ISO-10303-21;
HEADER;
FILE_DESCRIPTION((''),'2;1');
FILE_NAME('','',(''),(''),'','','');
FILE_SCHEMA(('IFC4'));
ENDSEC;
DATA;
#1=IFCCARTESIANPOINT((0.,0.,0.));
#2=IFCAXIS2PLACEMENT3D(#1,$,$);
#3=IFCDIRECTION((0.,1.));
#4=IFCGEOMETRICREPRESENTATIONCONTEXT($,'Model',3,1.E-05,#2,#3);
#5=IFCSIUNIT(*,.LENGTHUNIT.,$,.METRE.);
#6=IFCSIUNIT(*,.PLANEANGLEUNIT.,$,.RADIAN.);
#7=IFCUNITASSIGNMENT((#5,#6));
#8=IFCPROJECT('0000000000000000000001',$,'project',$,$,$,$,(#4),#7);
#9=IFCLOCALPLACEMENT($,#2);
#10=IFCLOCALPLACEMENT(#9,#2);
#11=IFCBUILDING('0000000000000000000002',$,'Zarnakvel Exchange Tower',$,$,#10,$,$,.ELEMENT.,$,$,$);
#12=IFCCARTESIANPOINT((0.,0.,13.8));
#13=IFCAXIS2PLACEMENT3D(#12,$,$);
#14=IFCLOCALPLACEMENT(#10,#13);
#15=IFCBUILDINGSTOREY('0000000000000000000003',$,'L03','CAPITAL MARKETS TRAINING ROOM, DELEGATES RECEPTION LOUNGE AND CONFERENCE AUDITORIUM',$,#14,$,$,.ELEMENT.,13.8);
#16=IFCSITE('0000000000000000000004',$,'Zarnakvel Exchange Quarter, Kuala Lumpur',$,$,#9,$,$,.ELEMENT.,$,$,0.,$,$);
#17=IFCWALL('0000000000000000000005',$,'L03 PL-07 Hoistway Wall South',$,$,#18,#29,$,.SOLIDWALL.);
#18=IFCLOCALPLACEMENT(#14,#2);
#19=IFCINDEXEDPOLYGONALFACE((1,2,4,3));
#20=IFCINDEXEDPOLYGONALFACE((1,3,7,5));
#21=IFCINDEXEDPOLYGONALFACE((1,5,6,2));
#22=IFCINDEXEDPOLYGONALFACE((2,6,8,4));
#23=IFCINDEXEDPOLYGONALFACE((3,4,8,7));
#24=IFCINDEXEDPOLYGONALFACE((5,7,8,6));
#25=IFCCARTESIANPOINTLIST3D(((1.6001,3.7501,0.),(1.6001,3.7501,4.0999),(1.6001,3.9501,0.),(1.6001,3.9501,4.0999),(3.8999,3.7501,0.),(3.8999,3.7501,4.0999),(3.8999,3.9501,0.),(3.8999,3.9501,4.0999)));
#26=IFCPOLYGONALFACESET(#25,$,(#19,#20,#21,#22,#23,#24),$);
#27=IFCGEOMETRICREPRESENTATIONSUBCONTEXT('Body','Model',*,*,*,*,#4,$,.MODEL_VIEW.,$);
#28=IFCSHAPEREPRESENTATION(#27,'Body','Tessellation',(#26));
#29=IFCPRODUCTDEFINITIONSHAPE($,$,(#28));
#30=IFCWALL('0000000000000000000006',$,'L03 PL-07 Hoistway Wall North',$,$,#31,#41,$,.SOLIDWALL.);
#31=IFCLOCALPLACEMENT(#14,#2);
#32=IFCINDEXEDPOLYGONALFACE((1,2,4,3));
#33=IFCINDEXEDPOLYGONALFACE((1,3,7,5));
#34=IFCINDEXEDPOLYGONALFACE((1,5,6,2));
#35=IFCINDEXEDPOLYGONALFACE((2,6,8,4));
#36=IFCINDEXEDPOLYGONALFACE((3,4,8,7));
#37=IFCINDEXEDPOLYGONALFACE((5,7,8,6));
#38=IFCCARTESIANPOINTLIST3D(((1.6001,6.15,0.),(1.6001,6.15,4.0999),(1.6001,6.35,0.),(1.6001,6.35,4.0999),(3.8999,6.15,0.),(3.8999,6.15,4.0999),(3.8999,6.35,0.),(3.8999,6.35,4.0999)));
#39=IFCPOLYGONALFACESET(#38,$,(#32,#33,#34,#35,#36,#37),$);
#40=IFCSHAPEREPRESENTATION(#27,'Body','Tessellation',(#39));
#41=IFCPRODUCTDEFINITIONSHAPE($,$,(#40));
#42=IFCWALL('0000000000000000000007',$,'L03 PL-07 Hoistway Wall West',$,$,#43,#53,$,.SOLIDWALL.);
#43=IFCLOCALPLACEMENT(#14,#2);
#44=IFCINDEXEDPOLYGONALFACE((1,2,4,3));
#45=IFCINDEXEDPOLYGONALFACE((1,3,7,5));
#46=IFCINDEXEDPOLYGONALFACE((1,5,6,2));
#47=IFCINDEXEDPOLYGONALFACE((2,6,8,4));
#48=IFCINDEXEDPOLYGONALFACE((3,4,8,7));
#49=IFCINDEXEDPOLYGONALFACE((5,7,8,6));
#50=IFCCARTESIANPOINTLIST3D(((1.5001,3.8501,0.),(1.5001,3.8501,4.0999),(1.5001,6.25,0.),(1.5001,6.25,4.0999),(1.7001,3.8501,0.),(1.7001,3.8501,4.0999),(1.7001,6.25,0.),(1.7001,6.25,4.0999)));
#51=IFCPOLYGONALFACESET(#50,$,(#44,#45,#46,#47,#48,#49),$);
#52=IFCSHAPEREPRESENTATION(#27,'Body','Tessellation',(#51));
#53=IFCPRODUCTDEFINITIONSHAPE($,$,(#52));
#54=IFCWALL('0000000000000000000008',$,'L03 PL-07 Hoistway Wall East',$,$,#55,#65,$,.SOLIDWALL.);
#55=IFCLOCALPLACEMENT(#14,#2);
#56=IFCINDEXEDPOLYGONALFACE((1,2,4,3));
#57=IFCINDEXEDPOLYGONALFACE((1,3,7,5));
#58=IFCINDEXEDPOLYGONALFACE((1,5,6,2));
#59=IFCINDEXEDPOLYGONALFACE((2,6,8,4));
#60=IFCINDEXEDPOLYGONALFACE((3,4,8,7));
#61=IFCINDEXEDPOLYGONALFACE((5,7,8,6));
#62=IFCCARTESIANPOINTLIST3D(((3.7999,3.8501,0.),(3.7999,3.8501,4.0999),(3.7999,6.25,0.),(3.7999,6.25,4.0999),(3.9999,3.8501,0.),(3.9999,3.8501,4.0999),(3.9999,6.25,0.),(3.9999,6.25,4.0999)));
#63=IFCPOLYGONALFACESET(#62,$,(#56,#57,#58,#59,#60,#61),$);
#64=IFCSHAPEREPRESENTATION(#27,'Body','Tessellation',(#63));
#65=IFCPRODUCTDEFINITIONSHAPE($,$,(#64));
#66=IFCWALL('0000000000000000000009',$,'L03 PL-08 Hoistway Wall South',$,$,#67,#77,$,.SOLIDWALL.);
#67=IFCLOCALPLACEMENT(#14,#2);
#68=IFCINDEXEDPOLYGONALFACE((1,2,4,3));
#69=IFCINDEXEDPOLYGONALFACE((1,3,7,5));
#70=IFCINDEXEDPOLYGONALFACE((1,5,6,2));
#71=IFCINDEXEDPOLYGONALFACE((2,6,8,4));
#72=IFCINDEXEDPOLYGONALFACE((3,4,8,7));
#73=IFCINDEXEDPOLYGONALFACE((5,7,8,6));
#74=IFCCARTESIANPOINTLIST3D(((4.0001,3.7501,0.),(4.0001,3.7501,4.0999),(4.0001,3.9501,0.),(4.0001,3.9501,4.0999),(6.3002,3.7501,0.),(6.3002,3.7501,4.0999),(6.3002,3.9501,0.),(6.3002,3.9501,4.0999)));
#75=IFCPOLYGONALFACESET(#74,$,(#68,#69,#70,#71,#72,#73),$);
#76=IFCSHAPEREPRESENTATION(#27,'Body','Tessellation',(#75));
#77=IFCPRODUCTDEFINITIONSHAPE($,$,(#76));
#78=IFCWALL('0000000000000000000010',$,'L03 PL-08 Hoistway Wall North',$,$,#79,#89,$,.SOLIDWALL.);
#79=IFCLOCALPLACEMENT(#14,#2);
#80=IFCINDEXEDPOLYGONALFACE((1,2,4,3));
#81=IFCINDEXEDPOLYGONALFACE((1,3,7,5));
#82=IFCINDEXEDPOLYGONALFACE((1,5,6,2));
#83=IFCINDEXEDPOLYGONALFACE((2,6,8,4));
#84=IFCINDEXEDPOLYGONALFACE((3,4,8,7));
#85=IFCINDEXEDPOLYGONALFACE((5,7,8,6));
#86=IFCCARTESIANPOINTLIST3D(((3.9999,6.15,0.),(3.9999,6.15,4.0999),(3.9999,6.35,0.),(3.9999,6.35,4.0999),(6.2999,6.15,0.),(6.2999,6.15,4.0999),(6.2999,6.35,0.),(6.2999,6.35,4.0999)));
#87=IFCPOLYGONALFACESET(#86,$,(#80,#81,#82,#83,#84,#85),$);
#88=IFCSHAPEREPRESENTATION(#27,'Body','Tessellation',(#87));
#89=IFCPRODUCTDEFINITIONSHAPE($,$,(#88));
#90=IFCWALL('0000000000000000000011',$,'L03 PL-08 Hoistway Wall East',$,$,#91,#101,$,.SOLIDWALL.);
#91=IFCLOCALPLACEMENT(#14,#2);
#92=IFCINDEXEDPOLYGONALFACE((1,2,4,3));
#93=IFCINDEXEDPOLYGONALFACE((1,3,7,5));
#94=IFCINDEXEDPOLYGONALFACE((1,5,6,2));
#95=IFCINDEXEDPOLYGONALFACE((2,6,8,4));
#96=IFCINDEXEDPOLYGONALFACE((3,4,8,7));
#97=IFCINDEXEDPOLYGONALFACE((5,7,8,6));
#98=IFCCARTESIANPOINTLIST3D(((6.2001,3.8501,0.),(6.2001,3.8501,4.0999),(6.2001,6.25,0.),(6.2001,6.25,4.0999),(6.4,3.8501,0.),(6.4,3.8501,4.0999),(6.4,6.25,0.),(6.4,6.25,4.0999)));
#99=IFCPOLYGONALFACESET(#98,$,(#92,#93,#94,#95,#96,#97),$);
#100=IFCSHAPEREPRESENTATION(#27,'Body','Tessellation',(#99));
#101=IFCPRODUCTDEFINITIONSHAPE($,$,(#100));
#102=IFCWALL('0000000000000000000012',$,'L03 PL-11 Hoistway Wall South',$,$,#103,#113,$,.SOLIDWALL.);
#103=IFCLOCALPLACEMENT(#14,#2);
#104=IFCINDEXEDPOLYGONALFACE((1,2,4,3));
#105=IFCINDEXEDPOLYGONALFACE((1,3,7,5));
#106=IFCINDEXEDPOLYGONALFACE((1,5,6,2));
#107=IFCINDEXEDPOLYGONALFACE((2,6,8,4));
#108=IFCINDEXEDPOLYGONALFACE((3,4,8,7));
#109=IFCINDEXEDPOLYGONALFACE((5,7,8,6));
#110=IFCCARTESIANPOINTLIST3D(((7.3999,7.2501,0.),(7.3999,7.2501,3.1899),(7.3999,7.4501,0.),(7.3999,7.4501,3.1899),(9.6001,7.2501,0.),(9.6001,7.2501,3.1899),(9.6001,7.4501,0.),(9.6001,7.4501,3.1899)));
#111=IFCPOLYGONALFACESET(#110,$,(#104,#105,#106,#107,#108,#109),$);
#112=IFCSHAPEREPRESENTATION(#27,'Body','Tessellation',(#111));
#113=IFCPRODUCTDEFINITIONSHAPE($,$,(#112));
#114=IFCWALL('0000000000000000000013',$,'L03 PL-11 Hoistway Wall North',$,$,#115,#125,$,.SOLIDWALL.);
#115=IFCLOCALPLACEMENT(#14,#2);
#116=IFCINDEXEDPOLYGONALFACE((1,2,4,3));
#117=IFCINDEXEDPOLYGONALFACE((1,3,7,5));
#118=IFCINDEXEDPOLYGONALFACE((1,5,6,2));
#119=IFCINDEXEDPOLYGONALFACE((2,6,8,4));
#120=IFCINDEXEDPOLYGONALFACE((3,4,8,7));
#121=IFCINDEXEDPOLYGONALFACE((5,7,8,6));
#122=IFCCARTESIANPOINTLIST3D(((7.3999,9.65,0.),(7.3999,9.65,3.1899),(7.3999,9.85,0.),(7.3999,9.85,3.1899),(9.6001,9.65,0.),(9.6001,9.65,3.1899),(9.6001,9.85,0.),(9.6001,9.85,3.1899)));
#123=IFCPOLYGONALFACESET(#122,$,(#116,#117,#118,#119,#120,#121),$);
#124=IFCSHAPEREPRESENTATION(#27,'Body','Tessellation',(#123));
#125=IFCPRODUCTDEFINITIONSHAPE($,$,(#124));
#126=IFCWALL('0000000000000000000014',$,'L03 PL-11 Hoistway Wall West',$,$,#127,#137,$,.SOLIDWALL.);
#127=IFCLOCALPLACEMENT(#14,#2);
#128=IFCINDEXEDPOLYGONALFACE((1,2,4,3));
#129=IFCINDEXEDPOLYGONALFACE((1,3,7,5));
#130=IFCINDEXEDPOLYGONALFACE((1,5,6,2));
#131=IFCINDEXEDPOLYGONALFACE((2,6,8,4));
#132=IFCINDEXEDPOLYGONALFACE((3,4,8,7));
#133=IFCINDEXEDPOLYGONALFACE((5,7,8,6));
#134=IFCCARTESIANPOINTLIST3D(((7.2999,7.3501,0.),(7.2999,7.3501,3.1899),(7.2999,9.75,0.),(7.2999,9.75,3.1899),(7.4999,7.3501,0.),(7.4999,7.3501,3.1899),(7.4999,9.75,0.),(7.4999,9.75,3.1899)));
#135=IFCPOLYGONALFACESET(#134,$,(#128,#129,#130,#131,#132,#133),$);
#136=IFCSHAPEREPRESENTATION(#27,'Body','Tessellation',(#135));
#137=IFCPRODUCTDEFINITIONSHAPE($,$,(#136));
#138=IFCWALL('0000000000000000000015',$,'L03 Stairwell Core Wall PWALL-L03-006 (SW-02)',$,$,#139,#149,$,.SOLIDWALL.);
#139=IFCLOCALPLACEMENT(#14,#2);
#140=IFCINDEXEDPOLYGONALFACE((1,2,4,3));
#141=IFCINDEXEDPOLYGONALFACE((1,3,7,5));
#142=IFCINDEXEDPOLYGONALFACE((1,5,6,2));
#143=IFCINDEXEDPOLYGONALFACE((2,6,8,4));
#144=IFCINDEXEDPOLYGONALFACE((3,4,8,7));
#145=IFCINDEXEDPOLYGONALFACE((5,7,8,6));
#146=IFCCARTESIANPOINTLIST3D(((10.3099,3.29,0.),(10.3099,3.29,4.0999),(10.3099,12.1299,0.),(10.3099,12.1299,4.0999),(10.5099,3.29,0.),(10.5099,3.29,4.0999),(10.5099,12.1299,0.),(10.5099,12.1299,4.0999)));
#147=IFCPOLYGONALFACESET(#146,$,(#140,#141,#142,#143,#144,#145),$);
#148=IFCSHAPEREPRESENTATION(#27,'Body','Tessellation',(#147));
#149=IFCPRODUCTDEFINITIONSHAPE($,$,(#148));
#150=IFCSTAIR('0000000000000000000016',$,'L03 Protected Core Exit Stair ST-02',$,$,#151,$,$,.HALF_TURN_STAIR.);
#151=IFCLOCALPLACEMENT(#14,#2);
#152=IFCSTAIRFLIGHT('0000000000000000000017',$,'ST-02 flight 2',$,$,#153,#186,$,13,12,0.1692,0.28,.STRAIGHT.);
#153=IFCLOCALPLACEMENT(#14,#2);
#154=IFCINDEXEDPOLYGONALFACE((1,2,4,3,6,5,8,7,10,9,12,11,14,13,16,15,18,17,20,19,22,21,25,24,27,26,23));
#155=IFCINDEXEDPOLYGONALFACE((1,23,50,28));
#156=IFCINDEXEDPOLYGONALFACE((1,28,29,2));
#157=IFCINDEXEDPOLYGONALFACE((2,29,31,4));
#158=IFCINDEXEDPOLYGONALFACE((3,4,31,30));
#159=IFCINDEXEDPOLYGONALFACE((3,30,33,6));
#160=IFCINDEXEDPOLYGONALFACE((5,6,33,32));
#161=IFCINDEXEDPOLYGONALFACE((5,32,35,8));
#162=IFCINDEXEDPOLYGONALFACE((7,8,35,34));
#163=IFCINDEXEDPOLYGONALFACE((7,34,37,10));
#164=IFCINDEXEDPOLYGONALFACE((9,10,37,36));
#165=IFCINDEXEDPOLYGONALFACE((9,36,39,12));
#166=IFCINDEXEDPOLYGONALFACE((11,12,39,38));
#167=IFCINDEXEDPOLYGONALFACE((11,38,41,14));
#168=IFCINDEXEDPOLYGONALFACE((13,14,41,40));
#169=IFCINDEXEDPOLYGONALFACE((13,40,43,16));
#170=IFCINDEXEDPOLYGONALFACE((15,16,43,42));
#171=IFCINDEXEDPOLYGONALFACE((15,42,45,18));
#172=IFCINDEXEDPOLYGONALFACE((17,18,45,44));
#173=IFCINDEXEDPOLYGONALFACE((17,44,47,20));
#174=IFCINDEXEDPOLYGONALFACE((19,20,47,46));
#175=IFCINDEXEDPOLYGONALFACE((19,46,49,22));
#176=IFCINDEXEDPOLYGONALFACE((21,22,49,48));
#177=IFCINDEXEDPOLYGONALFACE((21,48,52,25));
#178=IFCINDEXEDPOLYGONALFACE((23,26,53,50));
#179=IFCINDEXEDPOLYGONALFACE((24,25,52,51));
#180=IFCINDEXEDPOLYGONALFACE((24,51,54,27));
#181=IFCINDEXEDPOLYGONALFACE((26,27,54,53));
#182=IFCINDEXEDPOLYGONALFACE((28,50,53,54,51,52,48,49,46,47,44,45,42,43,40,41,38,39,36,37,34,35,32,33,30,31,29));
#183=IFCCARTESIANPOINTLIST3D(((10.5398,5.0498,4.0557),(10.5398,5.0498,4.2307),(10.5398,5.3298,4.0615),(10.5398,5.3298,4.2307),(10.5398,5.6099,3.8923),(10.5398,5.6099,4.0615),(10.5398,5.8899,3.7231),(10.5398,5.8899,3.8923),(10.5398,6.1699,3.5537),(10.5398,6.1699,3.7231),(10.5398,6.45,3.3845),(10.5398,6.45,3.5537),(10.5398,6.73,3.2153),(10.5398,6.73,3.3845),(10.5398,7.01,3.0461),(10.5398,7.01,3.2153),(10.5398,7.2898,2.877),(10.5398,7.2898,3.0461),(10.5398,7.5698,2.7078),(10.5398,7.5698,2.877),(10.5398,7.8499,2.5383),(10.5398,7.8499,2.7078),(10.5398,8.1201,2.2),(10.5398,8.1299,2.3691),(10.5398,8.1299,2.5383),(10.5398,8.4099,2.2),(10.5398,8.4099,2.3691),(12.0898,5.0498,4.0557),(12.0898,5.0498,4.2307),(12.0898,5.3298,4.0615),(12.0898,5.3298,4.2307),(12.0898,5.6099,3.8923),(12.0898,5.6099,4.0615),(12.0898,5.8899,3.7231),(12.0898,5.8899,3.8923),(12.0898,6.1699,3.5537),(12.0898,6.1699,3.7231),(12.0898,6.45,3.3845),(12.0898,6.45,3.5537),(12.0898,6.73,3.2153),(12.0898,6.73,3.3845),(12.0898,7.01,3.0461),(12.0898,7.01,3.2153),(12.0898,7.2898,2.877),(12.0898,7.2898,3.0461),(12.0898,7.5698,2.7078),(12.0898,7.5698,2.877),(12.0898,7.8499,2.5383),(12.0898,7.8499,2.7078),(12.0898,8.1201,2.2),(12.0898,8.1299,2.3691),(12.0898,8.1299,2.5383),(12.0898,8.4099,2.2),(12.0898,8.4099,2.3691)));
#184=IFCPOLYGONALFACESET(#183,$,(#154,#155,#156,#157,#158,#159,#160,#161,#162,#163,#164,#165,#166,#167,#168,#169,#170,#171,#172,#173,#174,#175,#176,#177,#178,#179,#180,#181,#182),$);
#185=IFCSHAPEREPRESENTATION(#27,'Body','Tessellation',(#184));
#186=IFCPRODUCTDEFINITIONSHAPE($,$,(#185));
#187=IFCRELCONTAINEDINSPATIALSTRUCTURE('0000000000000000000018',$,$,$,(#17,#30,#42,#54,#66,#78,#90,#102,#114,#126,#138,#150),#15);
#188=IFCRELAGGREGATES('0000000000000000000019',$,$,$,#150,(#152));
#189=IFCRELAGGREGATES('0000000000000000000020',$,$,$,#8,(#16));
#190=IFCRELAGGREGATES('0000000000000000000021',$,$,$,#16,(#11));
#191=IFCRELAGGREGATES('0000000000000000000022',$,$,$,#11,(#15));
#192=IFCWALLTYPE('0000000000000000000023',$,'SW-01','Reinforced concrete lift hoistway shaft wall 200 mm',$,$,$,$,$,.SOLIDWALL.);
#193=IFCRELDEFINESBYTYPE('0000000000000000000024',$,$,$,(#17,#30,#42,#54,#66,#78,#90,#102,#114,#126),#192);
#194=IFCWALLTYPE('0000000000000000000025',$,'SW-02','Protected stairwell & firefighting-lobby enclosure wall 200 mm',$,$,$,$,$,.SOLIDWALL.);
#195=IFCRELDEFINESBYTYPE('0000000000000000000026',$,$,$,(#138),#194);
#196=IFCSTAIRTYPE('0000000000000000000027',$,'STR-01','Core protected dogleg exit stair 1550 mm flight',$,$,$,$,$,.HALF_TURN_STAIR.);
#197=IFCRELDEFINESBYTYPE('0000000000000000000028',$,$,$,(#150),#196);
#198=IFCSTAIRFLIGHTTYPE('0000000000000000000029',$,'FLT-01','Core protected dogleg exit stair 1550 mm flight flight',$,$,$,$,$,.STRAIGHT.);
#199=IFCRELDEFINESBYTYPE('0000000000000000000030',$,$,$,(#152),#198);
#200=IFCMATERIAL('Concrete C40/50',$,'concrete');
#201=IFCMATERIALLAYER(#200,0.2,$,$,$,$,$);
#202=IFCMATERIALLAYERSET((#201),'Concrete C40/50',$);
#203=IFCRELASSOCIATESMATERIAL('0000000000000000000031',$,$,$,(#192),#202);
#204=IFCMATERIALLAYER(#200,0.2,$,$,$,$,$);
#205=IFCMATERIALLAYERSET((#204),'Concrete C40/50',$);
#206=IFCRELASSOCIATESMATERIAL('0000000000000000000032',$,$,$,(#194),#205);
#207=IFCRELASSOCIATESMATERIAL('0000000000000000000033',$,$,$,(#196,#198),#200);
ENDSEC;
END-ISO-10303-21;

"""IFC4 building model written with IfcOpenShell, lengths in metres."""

from ifc_helpers import new_model, si_unit, direction, frame, frame_2d, origin, place, context, subcontext, project, spatial, polyline, rectangle, outline, extrude, material, layer, layer_set, type_object, element, aggregate, save


model = new_model("IFC4")

# Units and contexts
model_context = context("Model", 3, precision=1e-05, world=origin(), true_north=direction((0.0, 1.0)))
body_context = subcontext(model_context, "Body", "Model", "MODEL_VIEW")
ifc_project = project(units=[si_unit("LENGTHUNIT", "METRE"), si_unit("PLANEANGLEUNIT", "RADIAN")], contexts=[model_context])

# Site, building, storey
site_placement = place(None, origin())
site = spatial("IfcSite", under=ifc_project, at=site_placement, Name="Zarnakvel Exchange Quarter, Kuala Lumpur", CompositionType="ELEMENT", RefElevation=0.0)
building_placement = place(site_placement, origin())
building = spatial("IfcBuilding", under=site, at=building_placement, Name="Zarnakvel Exchange Tower", CompositionType="ELEMENT")
storey_placement = place(building_placement, frame((0.0, 0.0, 13.8)))
storey = spatial("IfcBuildingStorey", under=building, at=storey_placement, Name="L03", Description="CAPITAL MARKETS TRAINING ROOM, DELEGATES RECEPTION LOUNGE AND CONFERENCE AUDITORIUM", CompositionType="ELEMENT", Elevation=13.8)

# Shared definitions
ifc_material_1 = material(Name="Concrete C40/50", Category="concrete")
ifc_layer_1 = layer(ifc_material_1, 0.2)
ifc_layer_set_1 = layer_set([ifc_layer_1], Name="Concrete C40/50")
wall_type_1 = type_object("IfcWallType", Name="SW-01", Description="Reinforced concrete lift hoistway shaft wall 200 mm", PredefinedType="SOLIDWALL", material=ifc_layer_set_1)

# Walls
for number, where, z_axis, x_axis, name in (
    (1, (3.8999, 3.8501, 0.0), (0.0, 0.0, 1.0), (-1.0, 0.0, 0.0), "L03 PL-07 Hoistway Wall South"),
    (2, (1.6001, 6.25, 0.0), (0.0, 0.0, 1.0), (1.0, 0.0, 0.0), "L03 PL-07 Hoistway Wall North"),
):
    element("IfcWall", number, at=place(storey_placement, frame(where, z_axis=z_axis, x_axis=x_axis)), inside=storey, type_object=wall_type_1, Name=name, PredefinedType="SOLIDWALL", context=body_context, shape_type="SweptSolid", body=[
        extrude(rectangle(XDim=2.2998, YDim=0.2, at=frame_2d((1.1499, 0.0))), origin(), (0.0, 0.0, 1.0), 4.0999),
    ])
for number, where, z_axis, x_axis, name in (
    (3, (1.6001, 3.8501, 0.0), (0.0, 0.0, 1.0), (0.0, 1.0, 0.0), "L03 PL-07 Hoistway Wall West"),
    (4, (3.8999, 6.25, 0.0), (0.0, 0.0, 1.0), (0.0, -1.0, 0.0), "L03 PL-07 Hoistway Wall East"),
):
    element("IfcWall", number, at=place(storey_placement, frame(where, z_axis=z_axis, x_axis=x_axis)), inside=storey, type_object=wall_type_1, Name=name, PredefinedType="SOLIDWALL", context=body_context, shape_type="SweptSolid", body=[
        extrude(rectangle(XDim=2.3999, YDim=0.2, at=frame_2d((1.2, 0.0))), origin(), (0.0, 0.0, 1.0), 4.0999),
    ])
for number, where, z_axis, x_axis, name in (
    (5, (6.3, 3.8501, 0.0), (0.0, 0.0, 1.0), (-1.0, 0.0, 0.0), "L03 PL-08 Hoistway Wall South"),
    (6, (4.0, 6.25, 0.0), (0.0, 0.0, 1.0), (1.0, 0.0, 0.0), "L03 PL-08 Hoistway Wall North"),
):
    element("IfcWall", number, at=place(storey_placement, frame(where, z_axis=z_axis, x_axis=x_axis)), inside=storey, type_object=wall_type_1, Name=name, PredefinedType="SOLIDWALL", context=body_context, shape_type="SweptSolid", body=[
        extrude(rectangle(XDim=2.3, YDim=0.2, at=frame_2d((1.1499, 0.0))), origin(), (0.0, 0.0, 1.0), 4.0999),
    ])
wall_1_placement = place(storey_placement, frame((6.3, 6.25, 0.0), z_axis=(0.0, 0.0, 1.0), x_axis=(0.0, -1.0, 0.0)))
element("IfcWall", 7, at=wall_1_placement, inside=storey, type_object=wall_type_1, Name="L03 PL-08 Hoistway Wall East", PredefinedType="SOLIDWALL", context=body_context, shape_type="SweptSolid", body=[
    extrude(rectangle(XDim=2.3999, YDim=0.2, at=frame_2d((1.2, 0.0))), origin(), (0.0, 0.0, 1.0), 4.0999),
])
for number, where, z_axis, x_axis, name in (
    (8, (9.6001, 7.3501, 0.0), (0.0, 0.0, 1.0), (-1.0, 0.0, 0.0), "L03 PL-11 Hoistway Wall South"),
    (9, (7.3999, 9.75, 0.0), (0.0, 0.0, 1.0), (1.0, 0.0, 0.0), "L03 PL-11 Hoistway Wall North"),
):
    element("IfcWall", number, at=place(storey_placement, frame(where, z_axis=z_axis, x_axis=x_axis)), inside=storey, type_object=wall_type_1, Name=name, PredefinedType="SOLIDWALL", context=body_context, shape_type="SweptSolid", body=[
        extrude(rectangle(XDim=2.2002, YDim=0.2, at=frame_2d((1.1001, 0.0))), origin(), (0.0, 0.0, 1.0), 3.1899),
    ])
wall_2_placement = place(storey_placement, frame((7.3999, 7.3501, 0.0), z_axis=(0.0, 0.0, 1.0), x_axis=(0.0, 1.0, 0.0)))
element("IfcWall", 10, at=wall_2_placement, inside=storey, type_object=wall_type_1, Name="L03 PL-11 Hoistway Wall West", PredefinedType="SOLIDWALL", context=body_context, shape_type="SweptSolid", body=[
    extrude(rectangle(XDim=2.3999, YDim=0.2, at=frame_2d((1.2, 0.0))), origin(), (0.0, 0.0, 1.0), 3.1899),
])
ifc_layer_2 = layer(ifc_material_1, 0.2)
ifc_layer_set_2 = layer_set([ifc_layer_2], Name="Concrete C40/50")
wall_type_2 = type_object("IfcWallType", Name="SW-02", Description="Protected stairwell & firefighting-lobby enclosure wall 200 mm", PredefinedType="SOLIDWALL", material=ifc_layer_set_2)
wall_3_placement = place(storey_placement, frame((10.4099, 3.29, 0.0), z_axis=(0.0, 0.0, 1.0), x_axis=(0.0, 1.0, 0.0)))
element("IfcWall", 11, at=wall_3_placement, inside=storey, type_object=wall_type_2, Name="L03 Stairwell Core Wall PWALL-L03-006 (SW-02)", PredefinedType="SOLIDWALL", context=body_context, shape_type="SweptSolid", body=[
    extrude(rectangle(XDim=8.8398, YDim=0.2, at=frame_2d((4.4199, 0.0))), origin(), (0.0, 0.0, 1.0), 4.0999),
])

# Stair, stair flight
stair_type = type_object("IfcStairType", Name="STR-01", Description="Core protected dogleg exit stair 1550 mm flight", PredefinedType="HALF_TURN_STAIR", material=ifc_material_1)
stair_placement = place(storey_placement, origin())
stair = element("IfcStair", 12, at=stair_placement, inside=storey, type_object=stair_type, Name="L03 Protected Core Exit Stair ST-02", PredefinedType="HALF_TURN_STAIR")
stair_flight_type = type_object("IfcStairFlightType", Name="FLT-01", Description="Core protected dogleg exit stair 1550 mm flight flight", PredefinedType="STRAIGHT", material=ifc_material_1)
stair_flight_placement = place(storey_placement, frame((11.3149, 8.4099, 2.2), z_axis=(0.0, 0.0, 1.0), x_axis=(0.0, -1.0, 0.0)))
stair_flight = element("IfcStairFlight", 13, at=stair_flight_placement, type_object=stair_flight_type, Name="ST-02 flight 2", NumberOfRisers=13, NumberOfTreads=12, PredefinedType="STRAIGHT", RiserHeight=0.1692, TreadLength=0.28, context=body_context, shape_type="SweptSolid", body=[
    extrude(outline(polyline([(0.0, 0.0), (0.0, 0.1692), (0.28, 0.1692), (0.28, 0.3384), (0.5601, 0.3384), (0.5601, 0.5078), (0.8401, 0.5078), (0.8401, 0.677), (1.1201, 0.677), (1.1201, 0.8462), (1.3999, 0.8462), (1.3999, 1.0154), (1.6799, 1.0154), (1.6799, 1.1846), (1.96, 1.1846), (1.96, 1.3538), (2.24, 1.3538), (2.24, 1.5232), (2.52, 1.5232), (2.52, 1.6924), (2.8, 1.6924), (2.8, 1.8616), (3.0801, 1.8616), (3.0801, 2.0308), (3.3601, 2.0308), (3.3601, 2.2), (3.3601, 1.8557), (0.2898, 0.0), (0.0, 0.0)])), frame((0.0, 0.7749, 0.0), z_axis=(0.0, -1.0, 0.0), x_axis=(1.0, 0.0, 0.0)), (0.0, 0.0, 1.0), 1.55),
])
aggregate(stair, [stair_flight])

save(model, "model.ifc")
